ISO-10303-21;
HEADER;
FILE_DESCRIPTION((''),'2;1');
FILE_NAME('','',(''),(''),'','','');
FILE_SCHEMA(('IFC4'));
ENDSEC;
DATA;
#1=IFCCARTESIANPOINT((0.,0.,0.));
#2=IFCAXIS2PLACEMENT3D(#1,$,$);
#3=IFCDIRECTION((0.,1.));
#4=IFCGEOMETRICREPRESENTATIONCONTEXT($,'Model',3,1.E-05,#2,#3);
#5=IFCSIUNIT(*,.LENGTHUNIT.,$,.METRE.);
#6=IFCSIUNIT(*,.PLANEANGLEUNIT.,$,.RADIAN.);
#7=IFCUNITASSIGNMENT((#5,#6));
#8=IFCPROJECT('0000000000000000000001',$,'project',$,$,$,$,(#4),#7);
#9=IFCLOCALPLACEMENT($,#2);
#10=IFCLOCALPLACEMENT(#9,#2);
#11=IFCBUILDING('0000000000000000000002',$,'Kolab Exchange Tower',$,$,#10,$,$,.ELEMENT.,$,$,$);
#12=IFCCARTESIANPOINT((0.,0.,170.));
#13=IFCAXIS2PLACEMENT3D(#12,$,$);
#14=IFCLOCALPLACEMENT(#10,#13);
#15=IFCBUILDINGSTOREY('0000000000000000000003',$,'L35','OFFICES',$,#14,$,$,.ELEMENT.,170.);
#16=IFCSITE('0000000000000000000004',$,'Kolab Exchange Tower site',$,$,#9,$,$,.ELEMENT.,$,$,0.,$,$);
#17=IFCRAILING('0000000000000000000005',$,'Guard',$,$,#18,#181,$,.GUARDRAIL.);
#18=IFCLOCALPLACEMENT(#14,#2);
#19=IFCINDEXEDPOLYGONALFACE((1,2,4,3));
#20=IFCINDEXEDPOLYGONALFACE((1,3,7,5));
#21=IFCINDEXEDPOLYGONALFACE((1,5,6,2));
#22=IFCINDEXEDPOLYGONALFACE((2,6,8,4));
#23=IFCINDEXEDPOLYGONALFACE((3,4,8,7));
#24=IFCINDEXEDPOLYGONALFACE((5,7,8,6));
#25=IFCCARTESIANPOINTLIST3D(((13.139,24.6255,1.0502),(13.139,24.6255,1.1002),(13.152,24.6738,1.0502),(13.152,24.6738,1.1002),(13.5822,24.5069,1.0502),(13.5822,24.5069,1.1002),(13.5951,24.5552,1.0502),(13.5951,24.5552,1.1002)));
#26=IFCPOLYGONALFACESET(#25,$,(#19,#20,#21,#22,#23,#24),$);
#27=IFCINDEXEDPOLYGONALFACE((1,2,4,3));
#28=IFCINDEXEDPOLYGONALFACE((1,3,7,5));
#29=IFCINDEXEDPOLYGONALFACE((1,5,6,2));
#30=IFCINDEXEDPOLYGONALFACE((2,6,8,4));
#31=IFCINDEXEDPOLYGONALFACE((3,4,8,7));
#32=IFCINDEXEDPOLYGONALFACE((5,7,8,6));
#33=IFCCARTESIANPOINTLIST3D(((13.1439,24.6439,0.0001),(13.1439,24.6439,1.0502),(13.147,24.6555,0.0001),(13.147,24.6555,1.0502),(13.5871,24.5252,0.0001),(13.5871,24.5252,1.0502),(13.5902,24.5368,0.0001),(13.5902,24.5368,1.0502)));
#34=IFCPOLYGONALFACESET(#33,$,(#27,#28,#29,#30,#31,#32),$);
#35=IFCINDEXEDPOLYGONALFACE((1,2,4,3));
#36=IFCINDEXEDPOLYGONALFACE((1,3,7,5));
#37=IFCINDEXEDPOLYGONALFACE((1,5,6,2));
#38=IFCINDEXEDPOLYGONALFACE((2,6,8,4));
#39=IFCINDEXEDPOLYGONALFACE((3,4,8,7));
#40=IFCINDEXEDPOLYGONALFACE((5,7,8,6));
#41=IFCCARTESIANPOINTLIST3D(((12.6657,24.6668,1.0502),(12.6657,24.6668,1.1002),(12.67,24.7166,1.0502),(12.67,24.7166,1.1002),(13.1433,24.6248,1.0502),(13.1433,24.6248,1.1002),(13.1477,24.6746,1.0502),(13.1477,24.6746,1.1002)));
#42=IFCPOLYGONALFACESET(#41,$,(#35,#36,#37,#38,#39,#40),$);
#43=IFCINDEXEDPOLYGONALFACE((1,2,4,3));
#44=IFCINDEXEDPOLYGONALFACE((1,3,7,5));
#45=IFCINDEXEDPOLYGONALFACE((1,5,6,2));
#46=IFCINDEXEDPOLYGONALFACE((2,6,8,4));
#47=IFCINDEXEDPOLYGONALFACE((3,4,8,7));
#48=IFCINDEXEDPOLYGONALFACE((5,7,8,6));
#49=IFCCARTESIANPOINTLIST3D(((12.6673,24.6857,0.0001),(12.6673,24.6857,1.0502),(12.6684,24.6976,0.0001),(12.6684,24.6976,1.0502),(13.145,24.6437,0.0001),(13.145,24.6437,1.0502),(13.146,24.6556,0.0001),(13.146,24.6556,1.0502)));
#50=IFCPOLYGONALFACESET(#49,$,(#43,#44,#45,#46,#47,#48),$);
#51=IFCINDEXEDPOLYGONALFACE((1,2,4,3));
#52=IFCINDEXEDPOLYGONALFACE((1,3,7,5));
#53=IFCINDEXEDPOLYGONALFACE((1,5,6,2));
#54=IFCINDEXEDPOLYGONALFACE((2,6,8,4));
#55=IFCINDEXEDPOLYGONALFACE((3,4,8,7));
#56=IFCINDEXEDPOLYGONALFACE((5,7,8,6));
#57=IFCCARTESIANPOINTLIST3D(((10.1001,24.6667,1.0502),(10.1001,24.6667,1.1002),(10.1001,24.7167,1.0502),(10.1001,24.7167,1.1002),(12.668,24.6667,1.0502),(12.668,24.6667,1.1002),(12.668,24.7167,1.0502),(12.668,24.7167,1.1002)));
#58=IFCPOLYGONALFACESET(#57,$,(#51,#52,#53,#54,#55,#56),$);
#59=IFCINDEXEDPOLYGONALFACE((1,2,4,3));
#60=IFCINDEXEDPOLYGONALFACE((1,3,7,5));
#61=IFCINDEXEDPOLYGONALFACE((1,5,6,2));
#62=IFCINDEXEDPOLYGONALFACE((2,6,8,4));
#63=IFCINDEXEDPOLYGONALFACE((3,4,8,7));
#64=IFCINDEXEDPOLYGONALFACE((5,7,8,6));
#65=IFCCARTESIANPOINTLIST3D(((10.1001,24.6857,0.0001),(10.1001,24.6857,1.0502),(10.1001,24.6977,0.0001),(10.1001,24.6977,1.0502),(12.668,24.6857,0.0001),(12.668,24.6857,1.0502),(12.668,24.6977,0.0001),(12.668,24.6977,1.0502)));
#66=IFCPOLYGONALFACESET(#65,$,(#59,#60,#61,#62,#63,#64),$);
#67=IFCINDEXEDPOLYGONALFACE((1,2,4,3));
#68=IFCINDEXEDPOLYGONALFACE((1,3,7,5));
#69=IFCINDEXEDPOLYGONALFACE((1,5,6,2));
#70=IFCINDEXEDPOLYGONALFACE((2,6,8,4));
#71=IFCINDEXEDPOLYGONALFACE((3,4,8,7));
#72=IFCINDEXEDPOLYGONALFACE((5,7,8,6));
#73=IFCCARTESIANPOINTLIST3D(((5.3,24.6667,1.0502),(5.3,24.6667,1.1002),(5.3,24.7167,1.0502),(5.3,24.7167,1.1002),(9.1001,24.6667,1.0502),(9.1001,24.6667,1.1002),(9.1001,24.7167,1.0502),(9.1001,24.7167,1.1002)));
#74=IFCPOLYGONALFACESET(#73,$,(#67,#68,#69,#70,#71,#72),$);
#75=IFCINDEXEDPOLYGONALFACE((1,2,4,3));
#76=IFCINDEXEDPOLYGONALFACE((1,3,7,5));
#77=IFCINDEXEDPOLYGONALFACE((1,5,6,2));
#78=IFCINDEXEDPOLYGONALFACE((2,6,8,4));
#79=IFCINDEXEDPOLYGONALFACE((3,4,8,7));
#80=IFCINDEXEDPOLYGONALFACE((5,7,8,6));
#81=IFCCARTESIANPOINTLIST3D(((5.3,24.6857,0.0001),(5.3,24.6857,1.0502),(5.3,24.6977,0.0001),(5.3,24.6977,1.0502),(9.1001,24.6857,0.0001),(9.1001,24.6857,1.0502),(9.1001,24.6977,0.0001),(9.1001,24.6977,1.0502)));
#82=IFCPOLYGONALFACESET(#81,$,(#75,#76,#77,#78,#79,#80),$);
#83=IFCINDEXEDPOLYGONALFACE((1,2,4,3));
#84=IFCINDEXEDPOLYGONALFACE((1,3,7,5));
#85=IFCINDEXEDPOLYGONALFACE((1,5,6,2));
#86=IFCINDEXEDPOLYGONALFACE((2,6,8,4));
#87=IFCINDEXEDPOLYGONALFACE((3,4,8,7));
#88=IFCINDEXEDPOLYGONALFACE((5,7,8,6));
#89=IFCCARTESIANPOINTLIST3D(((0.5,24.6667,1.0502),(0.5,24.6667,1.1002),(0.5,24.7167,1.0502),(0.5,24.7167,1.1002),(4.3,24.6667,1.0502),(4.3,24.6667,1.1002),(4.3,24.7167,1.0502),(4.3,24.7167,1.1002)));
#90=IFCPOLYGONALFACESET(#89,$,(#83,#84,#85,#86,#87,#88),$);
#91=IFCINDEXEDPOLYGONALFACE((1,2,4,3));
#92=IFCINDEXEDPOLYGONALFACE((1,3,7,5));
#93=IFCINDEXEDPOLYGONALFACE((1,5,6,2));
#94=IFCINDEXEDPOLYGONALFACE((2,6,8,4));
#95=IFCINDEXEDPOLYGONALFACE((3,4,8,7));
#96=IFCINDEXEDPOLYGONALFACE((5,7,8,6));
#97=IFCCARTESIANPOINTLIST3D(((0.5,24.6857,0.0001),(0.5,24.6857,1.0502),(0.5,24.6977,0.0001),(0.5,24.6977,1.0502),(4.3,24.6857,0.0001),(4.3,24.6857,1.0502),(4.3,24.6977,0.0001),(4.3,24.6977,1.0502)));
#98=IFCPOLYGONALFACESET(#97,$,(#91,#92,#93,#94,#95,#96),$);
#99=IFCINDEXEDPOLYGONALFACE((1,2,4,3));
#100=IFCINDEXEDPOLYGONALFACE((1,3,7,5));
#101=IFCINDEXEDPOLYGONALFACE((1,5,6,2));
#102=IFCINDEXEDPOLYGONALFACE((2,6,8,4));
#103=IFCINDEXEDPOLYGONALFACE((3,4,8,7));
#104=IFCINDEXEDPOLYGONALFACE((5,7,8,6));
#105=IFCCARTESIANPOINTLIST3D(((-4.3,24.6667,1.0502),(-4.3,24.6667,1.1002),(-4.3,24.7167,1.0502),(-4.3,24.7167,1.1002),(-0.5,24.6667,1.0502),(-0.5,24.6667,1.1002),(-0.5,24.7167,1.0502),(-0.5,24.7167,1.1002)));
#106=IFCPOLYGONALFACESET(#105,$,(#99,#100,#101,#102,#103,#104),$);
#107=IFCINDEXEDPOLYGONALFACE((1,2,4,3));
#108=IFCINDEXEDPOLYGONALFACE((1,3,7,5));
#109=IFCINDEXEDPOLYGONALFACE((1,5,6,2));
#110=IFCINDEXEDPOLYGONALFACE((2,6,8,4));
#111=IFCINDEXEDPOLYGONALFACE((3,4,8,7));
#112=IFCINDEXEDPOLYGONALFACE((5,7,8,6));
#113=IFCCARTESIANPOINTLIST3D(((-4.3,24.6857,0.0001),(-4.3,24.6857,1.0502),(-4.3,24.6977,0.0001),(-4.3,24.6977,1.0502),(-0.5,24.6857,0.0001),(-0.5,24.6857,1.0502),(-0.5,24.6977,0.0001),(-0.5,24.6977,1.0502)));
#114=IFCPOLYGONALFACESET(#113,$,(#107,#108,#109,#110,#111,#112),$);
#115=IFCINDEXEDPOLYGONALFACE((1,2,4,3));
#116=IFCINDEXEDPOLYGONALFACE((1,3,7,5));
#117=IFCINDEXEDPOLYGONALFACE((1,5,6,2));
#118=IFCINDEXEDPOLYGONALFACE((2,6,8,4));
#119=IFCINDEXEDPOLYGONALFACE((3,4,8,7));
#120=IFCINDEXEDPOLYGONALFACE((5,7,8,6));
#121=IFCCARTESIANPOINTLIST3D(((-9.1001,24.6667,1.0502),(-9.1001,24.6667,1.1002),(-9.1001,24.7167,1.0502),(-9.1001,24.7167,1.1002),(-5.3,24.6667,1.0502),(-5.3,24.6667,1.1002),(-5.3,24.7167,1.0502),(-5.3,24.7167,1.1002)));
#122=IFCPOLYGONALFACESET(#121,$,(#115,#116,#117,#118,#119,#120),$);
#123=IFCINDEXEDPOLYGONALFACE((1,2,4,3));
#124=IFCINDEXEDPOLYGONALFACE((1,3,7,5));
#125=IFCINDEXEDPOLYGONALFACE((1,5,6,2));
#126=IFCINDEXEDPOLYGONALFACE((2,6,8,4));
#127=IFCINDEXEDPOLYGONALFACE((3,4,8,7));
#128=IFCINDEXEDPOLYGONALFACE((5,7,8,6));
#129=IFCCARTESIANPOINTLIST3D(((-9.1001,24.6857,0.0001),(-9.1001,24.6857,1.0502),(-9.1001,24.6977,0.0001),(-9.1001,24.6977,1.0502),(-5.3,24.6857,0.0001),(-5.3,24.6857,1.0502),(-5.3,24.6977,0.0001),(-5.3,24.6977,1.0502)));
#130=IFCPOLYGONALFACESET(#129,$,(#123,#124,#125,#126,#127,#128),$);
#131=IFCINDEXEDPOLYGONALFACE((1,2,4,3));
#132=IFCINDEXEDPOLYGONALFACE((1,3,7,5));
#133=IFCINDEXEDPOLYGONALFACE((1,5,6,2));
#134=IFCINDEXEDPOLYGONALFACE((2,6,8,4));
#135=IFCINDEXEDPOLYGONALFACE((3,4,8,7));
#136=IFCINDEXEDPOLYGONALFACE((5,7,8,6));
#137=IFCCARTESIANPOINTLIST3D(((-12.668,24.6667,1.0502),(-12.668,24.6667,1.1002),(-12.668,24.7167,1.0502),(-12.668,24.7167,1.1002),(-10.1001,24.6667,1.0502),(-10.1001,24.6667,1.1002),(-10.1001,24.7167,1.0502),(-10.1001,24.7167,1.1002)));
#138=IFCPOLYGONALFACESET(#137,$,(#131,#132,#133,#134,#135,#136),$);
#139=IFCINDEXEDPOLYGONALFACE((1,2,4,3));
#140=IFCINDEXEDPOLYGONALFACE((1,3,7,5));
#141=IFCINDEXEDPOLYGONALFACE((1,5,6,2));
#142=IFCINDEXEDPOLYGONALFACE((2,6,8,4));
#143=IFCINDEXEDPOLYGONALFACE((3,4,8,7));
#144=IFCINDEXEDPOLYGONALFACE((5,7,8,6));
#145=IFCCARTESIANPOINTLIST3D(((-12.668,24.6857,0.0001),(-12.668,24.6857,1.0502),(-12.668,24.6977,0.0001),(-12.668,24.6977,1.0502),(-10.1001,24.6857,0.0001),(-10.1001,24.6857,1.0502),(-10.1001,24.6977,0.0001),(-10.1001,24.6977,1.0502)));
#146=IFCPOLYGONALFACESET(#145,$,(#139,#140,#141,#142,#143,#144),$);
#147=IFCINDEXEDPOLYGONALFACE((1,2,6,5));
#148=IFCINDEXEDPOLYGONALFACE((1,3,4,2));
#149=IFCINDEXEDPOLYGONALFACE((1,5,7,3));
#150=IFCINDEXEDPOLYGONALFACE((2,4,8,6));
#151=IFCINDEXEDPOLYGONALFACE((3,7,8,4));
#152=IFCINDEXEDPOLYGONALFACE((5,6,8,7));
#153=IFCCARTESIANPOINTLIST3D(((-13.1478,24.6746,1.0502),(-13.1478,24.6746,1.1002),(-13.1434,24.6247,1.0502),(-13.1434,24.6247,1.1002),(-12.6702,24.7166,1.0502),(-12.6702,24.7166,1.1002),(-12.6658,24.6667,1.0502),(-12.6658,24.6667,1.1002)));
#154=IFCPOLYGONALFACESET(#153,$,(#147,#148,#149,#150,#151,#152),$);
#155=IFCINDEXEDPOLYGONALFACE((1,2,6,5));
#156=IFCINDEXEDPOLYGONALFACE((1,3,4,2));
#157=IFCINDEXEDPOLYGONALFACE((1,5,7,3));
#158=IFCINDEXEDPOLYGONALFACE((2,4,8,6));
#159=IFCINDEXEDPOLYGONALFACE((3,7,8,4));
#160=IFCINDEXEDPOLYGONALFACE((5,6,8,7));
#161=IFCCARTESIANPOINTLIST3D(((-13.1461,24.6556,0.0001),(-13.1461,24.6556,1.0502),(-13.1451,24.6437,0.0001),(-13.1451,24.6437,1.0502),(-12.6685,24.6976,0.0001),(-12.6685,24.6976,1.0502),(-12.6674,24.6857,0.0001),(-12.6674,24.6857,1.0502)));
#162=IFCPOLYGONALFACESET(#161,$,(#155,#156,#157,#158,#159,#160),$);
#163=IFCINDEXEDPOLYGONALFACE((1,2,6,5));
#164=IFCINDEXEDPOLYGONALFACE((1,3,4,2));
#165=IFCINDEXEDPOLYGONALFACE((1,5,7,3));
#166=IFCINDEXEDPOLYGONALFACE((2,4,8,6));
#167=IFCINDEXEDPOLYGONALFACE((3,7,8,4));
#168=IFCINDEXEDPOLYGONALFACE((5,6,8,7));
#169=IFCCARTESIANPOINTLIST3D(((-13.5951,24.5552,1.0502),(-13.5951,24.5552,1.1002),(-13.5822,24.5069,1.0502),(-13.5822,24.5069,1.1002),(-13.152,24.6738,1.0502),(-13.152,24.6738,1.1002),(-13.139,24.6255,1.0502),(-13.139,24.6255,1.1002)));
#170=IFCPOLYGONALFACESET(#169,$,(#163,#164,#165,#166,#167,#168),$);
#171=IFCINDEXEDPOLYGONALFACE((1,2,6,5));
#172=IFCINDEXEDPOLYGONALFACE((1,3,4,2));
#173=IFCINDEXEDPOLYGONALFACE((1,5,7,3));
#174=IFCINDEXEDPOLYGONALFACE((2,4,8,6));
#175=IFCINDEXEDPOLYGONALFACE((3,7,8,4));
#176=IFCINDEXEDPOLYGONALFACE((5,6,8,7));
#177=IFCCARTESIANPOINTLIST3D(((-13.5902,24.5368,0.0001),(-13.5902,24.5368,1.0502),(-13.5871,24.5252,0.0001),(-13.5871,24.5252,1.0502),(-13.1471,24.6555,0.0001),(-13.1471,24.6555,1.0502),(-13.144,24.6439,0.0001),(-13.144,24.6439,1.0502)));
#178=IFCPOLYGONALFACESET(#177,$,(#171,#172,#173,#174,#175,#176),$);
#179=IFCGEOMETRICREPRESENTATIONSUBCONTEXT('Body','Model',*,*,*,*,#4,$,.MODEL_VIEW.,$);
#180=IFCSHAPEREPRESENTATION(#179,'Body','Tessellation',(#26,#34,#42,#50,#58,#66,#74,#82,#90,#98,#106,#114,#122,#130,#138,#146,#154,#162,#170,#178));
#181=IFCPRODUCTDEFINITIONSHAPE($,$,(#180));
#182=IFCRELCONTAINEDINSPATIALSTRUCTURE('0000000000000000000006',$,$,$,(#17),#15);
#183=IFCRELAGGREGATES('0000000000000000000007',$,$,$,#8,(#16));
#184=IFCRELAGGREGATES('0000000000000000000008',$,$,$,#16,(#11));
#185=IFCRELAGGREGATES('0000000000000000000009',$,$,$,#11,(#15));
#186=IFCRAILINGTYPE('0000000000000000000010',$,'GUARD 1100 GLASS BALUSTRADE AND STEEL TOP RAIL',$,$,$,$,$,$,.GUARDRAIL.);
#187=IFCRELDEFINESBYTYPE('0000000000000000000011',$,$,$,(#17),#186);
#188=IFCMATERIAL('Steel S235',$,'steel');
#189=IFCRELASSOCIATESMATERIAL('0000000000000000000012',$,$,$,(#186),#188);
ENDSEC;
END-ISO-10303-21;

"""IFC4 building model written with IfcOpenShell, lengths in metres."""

from ifc_helpers import new_model, si_unit, direction, frame, frame_2d, origin, origin_2d, place, context, subcontext, project, spatial, rectangle, extrude, material, type_object, element, save


model = new_model("IFC4")

# Units and contexts
model_context = context("Model", 3, precision=1e-05, world=origin(), true_north=direction((0.0, 1.0)))
body_context = subcontext(model_context, "Body", "Model", "MODEL_VIEW")
ifc_project = project(units=[si_unit("LENGTHUNIT", "METRE"), si_unit("PLANEANGLEUNIT", "RADIAN")], contexts=[model_context])

# Site, building, storey
site_placement = place(None, origin())
site = spatial("IfcSite", under=ifc_project, at=site_placement, Name="Kolab Exchange Tower site", CompositionType="ELEMENT", RefElevation=0.0)
building_placement = place(site_placement, origin())
building = spatial("IfcBuilding", under=site, at=building_placement, Name="Kolab Exchange Tower", CompositionType="ELEMENT")
storey_placement = place(building_placement, frame((0.0, 0.0, 170.0)))
storey = spatial("IfcBuildingStorey", under=building, at=storey_placement, Name="L35", Description="OFFICES", CompositionType="ELEMENT", Elevation=170.0)

# Railing
ifc_material_1 = material(Name="Steel S235", Category="steel")
railing_type = type_object("IfcRailingType", Name="GUARD 1100 GLASS BALUSTRADE AND STEEL TOP RAIL", PredefinedType="GUARDRAIL", material=ifc_material_1)
railing_placement = place(storey_placement, frame((13.5886, 24.531, 0.0)))
element("IfcRailing", 1, at=railing_placement, inside=storey, type_object=railing_type, Name="Guard", PredefinedType="GUARDRAIL", context=body_context, shape_type="SweptSolid", body=[
    extrude(rectangle(XDim=0.05, YDim=0.05, at=origin_2d()), frame((0.0, 0.0, 1.0752), z_axis=(-0.965969, 0.258656, 0.0), x_axis=(-0.258656, -0.965969, 0.0)), (0.0, 0.0, 1.0), 0.4587),
    extrude(rectangle(XDim=0.012, YDim=1.0501, at=frame_2d((0.0, 0.5251))), frame((0.0, 0.0, 0.0), z_axis=(-0.965969, 0.258656, 0.0), x_axis=(-0.258656, -0.965969, 0.0)), (0.0, 0.0, 1.0), 0.4587),
    extrude(rectangle(XDim=0.05, YDim=0.05, at=origin_2d()), frame((-0.4431, 0.1187, 1.0752), z_axis=(-0.996156, 0.087597, 0.0), x_axis=(-0.087597, -0.996156, 0.0)), (0.0, 0.0, 1.0), 0.4795),
    extrude(rectangle(XDim=0.012, YDim=1.0501, at=frame_2d((0.0, 0.5251))), frame((-0.4431, 0.1187, 0.0), z_axis=(-0.996156, 0.087597, 0.0), x_axis=(-0.087597, -0.996156, 0.0)), (0.0, 0.0, 1.0), 0.4795),
    extrude(rectangle(XDim=0.05, YDim=0.05, at=origin_2d()), frame((-0.9207, 0.1606, 1.0752), z_axis=(-1.0, 0.0, 0.0), x_axis=(0.0, -1.0, 0.0)), (0.0, 0.0, 1.0), 2.5679),
    extrude(rectangle(XDim=0.012, YDim=1.0501, at=frame_2d((0.0, 0.5251))), frame((-0.9207, 0.1606, 0.0), z_axis=(-1.0, 0.0, 0.0), x_axis=(0.0, -1.0, 0.0)), (0.0, 0.0, 1.0), 2.5679),
    extrude(rectangle(XDim=0.05, YDim=0.05, at=origin_2d()), frame((-4.4885, 0.1606, 1.0752), z_axis=(-1.0, 0.0, 0.0), x_axis=(0.0, -1.0, 0.0)), (0.0, 0.0, 1.0), 3.8),
    extrude(rectangle(XDim=0.012, YDim=1.0501, at=frame_2d((0.0, 0.5251))), frame((-4.4885, 0.1606, 0.0), z_axis=(-1.0, 0.0, 0.0), x_axis=(0.0, -1.0, 0.0)), (0.0, 0.0, 1.0), 3.8),
    extrude(rectangle(XDim=0.05, YDim=0.05, at=origin_2d()), frame((-9.2886, 0.1606, 1.0752), z_axis=(-1.0, 0.0, 0.0), x_axis=(0.0, -1.0, 0.0)), (0.0, 0.0, 1.0), 3.8),
    extrude(rectangle(XDim=0.012, YDim=1.0501, at=frame_2d((0.0, 0.5251))), frame((-9.2886, 0.1606, 0.0), z_axis=(-1.0, 0.0, 0.0), x_axis=(0.0, -1.0, 0.0)), (0.0, 0.0, 1.0), 3.8),
    extrude(rectangle(XDim=0.05, YDim=0.05, at=origin_2d()), frame((-14.0886, 0.1606, 1.0752), z_axis=(-1.0, 0.0, 0.0), x_axis=(0.0, -1.0, 0.0)), (0.0, 0.0, 1.0), 3.8),
    extrude(rectangle(XDim=0.012, YDim=1.0501, at=frame_2d((0.0, 0.5251))), frame((-14.0886, 0.1606, 0.0), z_axis=(-1.0, 0.0, 0.0), x_axis=(0.0, -1.0, 0.0)), (0.0, 0.0, 1.0), 3.8),
    extrude(rectangle(XDim=0.05, YDim=0.05, at=origin_2d()), frame((-18.8887, 0.1606, 1.0752), z_axis=(-1.0, 0.0, 0.0), x_axis=(0.0, -1.0, 0.0)), (0.0, 0.0, 1.0), 3.8),
    extrude(rectangle(XDim=0.012, YDim=1.0501, at=frame_2d((0.0, 0.5251))), frame((-18.8887, 0.1606, 0.0), z_axis=(-1.0, 0.0, 0.0), x_axis=(0.0, -1.0, 0.0)), (0.0, 0.0, 1.0), 3.8),
    extrude(rectangle(XDim=0.05, YDim=0.05, at=origin_2d()), frame((-23.6887, 0.1606, 1.0752), z_axis=(-1.0, 0.0, 0.0), x_axis=(0.0, -1.0, 0.0)), (0.0, 0.0, 1.0), 2.5679),
    extrude(rectangle(XDim=0.012, YDim=1.0501, at=frame_2d((0.0, 0.5251))), frame((-23.6887, 0.1606, 0.0), z_axis=(-1.0, 0.0, 0.0), x_axis=(0.0, -1.0, 0.0)), (0.0, 0.0, 1.0), 2.5679),
    extrude(rectangle(XDim=0.05, YDim=0.05, at=origin_2d()), frame((-26.2566, 0.1606, 1.0752), z_axis=(-0.996156, -0.087597, 0.0), x_axis=(0.087597, -0.996156, 0.0)), (0.0, 0.0, 1.0), 0.4795),
    extrude(rectangle(XDim=0.012, YDim=1.0501, at=frame_2d((0.0, 0.5251))), frame((-26.2566, 0.1606, 0.0), z_axis=(-0.996156, -0.087597, 0.0), x_axis=(0.087597, -0.996156, 0.0)), (0.0, 0.0, 1.0), 0.4795),
    extrude(rectangle(XDim=0.05, YDim=0.05, at=origin_2d()), frame((-26.7341, 0.1187, 1.0752), z_axis=(-0.965969, -0.258656, 0.0), x_axis=(0.258656, -0.965969, 0.0)), (0.0, 0.0, 1.0), 0.4587),
    extrude(rectangle(XDim=0.012, YDim=1.0501, at=frame_2d((0.0, 0.5251))), frame((-26.7341, 0.1187, 0.0), z_axis=(-0.965969, -0.258656, 0.0), x_axis=(0.258656, -0.965969, 0.0)), (0.0, 0.0, 1.0), 0.4587),
])

save(model, "model.ifc")
